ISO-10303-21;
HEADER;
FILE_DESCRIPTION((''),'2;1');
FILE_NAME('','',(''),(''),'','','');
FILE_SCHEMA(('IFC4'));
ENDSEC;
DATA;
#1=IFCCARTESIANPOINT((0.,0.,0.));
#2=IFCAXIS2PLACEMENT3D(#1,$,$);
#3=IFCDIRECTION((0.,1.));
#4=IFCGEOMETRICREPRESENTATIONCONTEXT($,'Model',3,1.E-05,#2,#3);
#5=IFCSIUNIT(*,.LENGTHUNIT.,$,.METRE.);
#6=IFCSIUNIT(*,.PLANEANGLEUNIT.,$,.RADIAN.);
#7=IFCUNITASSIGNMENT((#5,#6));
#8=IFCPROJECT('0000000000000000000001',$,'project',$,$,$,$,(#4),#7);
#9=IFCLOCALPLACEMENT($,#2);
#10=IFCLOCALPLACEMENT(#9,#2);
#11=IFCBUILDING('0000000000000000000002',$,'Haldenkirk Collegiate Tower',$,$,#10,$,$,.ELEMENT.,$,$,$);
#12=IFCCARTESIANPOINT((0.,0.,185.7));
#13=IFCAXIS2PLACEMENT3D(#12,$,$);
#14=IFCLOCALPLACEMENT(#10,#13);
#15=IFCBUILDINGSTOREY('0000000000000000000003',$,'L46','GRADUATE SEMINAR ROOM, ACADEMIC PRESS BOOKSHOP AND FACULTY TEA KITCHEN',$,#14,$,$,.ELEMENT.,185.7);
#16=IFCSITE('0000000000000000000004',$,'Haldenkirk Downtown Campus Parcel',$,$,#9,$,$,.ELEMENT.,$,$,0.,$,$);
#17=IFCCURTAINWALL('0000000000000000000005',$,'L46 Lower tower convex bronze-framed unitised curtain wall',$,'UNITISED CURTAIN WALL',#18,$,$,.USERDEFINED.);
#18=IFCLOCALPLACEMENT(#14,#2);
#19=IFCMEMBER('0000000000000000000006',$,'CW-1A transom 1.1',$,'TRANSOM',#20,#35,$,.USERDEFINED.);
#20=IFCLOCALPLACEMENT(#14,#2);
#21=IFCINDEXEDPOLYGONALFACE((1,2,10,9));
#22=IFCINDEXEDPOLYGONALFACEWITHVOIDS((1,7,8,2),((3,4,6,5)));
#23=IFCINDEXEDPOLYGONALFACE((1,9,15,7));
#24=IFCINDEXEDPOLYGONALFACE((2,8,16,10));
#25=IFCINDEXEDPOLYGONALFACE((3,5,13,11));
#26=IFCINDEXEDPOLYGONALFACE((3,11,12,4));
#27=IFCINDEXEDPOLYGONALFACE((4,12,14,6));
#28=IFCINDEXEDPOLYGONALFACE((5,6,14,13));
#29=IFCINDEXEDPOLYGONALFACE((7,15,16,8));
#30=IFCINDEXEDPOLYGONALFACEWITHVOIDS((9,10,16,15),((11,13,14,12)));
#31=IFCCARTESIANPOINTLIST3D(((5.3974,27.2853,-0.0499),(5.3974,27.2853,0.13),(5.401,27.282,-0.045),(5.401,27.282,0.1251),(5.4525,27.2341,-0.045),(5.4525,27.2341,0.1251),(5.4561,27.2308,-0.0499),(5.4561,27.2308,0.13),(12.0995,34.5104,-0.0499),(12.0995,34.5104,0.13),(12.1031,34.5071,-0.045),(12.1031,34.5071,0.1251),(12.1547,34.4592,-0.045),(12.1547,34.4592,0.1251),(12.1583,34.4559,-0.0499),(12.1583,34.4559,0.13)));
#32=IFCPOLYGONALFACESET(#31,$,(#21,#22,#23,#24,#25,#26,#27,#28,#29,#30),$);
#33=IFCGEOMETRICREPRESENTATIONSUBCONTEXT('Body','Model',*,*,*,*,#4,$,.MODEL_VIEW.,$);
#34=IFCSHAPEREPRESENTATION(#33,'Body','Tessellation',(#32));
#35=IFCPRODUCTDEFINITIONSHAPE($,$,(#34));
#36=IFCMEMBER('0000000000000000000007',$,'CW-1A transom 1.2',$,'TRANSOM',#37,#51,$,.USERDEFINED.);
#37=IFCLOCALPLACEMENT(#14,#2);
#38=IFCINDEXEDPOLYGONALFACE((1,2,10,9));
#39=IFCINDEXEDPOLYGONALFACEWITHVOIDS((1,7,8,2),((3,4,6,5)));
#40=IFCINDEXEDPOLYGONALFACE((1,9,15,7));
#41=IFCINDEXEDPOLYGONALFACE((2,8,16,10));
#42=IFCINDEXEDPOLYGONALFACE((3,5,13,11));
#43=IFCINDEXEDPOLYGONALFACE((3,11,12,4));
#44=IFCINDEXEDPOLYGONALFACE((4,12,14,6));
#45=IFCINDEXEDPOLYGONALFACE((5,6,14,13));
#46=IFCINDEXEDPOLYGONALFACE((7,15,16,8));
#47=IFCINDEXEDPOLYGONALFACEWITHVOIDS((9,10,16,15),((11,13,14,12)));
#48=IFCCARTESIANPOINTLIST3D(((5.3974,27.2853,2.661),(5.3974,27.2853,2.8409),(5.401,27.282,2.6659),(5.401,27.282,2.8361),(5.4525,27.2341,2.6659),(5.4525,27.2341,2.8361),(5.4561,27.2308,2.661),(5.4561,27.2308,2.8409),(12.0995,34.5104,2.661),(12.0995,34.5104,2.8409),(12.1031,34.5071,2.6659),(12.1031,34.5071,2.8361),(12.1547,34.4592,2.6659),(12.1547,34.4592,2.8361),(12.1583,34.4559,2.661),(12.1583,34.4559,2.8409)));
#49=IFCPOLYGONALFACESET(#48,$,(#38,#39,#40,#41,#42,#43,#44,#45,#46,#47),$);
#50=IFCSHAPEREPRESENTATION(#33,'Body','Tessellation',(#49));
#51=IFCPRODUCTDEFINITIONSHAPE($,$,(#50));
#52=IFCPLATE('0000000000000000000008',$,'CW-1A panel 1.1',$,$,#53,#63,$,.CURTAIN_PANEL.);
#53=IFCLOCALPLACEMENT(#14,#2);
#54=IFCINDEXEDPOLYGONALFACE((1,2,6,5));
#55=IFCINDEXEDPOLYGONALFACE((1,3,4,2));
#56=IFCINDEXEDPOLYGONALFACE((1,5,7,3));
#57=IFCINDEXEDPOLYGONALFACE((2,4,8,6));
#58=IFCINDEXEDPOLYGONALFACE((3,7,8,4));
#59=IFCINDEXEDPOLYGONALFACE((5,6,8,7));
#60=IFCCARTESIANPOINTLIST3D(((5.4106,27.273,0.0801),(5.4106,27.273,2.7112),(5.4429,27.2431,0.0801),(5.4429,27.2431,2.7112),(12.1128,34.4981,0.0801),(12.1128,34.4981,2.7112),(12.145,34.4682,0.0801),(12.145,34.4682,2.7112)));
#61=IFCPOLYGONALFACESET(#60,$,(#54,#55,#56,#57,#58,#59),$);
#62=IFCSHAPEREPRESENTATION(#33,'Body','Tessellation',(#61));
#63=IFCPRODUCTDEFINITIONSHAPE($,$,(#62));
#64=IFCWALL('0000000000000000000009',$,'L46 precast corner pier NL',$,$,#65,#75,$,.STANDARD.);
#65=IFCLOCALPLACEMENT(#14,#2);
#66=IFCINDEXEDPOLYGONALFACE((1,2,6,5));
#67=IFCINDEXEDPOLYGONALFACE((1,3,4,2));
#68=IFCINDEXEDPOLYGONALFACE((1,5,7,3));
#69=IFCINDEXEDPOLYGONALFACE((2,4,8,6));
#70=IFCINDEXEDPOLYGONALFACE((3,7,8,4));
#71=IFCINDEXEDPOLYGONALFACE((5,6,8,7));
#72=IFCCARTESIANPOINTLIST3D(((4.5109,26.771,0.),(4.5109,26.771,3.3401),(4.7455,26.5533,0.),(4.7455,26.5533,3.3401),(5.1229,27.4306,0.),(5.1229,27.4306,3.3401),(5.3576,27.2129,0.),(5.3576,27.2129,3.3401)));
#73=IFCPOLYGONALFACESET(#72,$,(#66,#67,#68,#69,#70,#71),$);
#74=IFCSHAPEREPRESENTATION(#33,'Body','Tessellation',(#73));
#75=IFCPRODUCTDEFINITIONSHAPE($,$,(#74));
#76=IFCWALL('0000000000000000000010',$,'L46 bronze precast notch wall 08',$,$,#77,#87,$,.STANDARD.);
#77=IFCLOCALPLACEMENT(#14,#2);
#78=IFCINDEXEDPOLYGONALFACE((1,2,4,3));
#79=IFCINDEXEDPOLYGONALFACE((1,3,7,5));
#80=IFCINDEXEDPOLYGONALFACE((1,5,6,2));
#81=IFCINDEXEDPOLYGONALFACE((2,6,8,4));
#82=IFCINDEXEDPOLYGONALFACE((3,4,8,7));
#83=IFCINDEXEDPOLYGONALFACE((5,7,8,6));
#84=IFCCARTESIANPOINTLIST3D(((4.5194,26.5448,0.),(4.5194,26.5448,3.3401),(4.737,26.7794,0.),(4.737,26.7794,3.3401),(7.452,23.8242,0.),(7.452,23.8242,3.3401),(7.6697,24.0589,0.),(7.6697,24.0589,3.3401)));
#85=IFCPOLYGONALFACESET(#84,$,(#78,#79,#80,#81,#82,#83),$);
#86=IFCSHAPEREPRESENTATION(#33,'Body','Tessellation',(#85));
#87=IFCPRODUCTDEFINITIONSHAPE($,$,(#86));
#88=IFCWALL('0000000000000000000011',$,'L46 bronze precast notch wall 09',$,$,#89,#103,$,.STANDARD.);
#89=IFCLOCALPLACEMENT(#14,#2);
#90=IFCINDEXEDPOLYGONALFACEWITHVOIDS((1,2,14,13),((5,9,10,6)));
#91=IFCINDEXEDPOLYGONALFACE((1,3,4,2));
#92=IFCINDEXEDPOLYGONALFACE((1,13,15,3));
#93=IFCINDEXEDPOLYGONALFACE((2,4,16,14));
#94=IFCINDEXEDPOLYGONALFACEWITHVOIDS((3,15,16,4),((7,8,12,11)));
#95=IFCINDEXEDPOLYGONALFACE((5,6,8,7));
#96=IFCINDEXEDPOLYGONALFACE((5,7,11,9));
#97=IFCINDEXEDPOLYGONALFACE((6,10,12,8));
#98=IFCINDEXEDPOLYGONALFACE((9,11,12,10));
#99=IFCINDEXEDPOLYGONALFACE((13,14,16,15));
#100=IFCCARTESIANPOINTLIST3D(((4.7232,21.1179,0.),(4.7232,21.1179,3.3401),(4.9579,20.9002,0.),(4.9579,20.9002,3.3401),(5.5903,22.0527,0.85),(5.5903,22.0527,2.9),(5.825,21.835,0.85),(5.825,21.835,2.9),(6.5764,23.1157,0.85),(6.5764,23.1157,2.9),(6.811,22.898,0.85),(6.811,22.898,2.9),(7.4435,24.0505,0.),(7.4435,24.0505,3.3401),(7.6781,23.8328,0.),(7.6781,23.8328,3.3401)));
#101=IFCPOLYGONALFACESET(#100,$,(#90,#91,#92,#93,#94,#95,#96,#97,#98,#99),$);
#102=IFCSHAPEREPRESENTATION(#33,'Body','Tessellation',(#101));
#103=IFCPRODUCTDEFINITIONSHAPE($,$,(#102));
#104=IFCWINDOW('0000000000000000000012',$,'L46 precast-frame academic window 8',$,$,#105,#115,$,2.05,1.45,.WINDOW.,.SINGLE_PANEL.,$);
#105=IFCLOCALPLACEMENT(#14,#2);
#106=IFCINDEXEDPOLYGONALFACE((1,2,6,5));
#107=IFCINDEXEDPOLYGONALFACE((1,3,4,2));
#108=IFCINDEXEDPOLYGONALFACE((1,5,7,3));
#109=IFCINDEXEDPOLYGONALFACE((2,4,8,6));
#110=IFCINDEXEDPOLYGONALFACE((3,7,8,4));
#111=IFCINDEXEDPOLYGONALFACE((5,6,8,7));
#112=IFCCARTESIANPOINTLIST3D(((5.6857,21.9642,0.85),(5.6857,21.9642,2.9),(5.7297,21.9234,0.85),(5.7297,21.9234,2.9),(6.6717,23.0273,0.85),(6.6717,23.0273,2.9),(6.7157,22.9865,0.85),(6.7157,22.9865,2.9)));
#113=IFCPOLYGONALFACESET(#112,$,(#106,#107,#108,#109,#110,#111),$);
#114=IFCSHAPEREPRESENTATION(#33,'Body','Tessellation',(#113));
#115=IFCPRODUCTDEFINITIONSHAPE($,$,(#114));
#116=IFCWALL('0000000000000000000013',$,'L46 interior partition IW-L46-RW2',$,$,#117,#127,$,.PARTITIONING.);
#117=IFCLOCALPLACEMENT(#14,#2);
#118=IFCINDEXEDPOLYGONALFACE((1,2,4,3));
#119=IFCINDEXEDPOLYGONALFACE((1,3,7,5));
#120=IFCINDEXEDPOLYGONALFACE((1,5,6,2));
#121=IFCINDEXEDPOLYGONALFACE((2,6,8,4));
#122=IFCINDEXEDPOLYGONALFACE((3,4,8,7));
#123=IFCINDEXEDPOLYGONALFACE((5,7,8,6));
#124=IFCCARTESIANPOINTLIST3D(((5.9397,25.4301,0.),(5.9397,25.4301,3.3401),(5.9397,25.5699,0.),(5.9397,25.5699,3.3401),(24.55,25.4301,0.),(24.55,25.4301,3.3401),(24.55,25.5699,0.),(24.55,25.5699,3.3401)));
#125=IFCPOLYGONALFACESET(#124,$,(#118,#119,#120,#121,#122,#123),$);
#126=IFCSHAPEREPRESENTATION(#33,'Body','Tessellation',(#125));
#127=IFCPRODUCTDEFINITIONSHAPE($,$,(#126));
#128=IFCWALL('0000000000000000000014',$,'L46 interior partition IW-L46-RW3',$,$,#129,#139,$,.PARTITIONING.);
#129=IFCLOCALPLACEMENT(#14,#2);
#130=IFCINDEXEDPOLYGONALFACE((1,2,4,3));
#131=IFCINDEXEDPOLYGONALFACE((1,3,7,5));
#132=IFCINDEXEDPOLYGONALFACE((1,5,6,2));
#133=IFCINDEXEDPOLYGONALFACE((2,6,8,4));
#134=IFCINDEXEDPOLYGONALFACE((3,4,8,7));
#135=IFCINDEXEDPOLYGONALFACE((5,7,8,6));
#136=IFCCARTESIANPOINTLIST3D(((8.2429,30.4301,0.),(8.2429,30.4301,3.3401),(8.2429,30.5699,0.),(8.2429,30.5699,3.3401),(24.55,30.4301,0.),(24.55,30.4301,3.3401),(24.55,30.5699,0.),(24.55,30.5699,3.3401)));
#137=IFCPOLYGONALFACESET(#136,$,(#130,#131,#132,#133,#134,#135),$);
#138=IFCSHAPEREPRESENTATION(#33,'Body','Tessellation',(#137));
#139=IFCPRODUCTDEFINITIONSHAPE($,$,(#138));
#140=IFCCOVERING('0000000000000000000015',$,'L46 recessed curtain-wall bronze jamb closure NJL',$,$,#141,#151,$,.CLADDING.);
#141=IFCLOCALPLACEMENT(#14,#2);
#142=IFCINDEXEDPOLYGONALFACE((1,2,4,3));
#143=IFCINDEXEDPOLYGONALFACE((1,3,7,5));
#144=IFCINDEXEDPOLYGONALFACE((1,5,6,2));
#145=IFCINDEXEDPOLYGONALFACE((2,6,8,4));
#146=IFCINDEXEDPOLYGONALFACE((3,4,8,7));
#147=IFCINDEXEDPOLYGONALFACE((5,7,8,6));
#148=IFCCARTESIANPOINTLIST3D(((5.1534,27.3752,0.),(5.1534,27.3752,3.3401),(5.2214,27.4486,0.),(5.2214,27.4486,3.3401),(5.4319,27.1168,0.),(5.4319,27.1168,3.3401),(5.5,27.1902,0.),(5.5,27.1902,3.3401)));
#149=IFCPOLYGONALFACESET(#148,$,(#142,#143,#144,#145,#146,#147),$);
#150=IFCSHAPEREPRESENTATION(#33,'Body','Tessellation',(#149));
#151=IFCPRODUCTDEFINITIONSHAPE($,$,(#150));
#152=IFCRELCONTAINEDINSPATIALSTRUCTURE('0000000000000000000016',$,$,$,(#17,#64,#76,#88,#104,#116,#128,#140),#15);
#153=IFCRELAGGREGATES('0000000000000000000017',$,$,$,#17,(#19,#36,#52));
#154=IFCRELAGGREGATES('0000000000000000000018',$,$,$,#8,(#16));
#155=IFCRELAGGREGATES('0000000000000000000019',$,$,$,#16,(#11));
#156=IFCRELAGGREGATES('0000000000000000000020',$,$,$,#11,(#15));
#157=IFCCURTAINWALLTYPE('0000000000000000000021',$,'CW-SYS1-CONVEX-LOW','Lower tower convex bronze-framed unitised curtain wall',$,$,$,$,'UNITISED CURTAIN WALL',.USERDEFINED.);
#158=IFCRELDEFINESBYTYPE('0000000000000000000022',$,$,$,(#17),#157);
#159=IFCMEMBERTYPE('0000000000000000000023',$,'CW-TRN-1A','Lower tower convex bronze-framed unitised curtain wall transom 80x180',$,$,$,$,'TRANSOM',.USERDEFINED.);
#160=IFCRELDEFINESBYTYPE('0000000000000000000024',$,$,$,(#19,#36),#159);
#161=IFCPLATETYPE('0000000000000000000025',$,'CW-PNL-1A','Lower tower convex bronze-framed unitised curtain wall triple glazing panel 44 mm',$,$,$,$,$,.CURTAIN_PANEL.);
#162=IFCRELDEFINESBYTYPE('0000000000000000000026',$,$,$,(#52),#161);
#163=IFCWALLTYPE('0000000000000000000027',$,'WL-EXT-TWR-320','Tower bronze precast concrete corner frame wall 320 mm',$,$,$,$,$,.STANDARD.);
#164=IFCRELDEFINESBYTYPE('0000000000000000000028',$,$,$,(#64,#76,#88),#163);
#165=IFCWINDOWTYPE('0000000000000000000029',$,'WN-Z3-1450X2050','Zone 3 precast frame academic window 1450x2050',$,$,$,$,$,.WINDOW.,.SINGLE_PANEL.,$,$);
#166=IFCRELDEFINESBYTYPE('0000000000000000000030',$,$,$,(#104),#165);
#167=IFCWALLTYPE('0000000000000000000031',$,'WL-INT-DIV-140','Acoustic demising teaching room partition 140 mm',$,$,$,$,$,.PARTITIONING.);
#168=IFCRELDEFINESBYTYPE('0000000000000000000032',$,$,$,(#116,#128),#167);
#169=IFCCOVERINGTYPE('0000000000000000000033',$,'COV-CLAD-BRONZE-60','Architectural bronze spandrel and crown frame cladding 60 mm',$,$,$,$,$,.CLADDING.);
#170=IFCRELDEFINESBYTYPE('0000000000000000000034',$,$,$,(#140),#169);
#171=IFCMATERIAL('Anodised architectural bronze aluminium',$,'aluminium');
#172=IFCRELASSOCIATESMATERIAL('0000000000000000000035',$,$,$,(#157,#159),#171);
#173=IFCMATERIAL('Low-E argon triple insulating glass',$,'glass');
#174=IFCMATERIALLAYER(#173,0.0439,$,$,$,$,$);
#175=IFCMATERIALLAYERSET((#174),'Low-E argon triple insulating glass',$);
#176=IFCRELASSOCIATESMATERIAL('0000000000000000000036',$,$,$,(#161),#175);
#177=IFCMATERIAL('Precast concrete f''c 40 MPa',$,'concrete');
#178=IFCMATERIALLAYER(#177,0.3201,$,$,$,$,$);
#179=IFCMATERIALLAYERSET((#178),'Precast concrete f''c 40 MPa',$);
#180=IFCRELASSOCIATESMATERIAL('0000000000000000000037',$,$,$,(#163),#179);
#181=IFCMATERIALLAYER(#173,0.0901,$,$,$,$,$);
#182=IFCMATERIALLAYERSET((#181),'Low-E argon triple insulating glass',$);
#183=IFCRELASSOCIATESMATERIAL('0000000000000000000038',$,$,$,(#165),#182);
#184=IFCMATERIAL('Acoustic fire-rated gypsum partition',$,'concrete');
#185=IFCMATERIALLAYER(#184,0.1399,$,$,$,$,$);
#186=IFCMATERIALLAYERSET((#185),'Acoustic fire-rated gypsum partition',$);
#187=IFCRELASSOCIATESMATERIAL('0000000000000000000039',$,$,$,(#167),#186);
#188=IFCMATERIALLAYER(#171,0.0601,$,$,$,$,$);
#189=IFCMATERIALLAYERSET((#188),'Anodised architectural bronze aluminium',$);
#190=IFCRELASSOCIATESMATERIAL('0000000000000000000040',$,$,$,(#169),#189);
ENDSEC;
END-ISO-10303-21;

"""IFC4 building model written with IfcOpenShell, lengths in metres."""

from ifc_helpers import new_model, si_unit, direction, frame, frame_2d, origin, origin_2d, place, context, subcontext, project, spatial, rectangle, hollow_rectangle, extrude, source, transform, mapped, material, layer, layer_set, material_profile, profile_set, type_object, element, fill, aggregate, save


model = new_model("IFC4")

# Units and contexts
model_context = context("Model", 3, precision=1e-05, world=origin(), true_north=direction((0.0, 1.0)))
body_context = subcontext(model_context, "Body", "Model", "MODEL_VIEW")
ifc_project = project(units=[si_unit("LENGTHUNIT", "METRE"), si_unit("PLANEANGLEUNIT", "RADIAN")], contexts=[model_context])

# Site, building, storey
site_placement = place(None, origin())
site = spatial("IfcSite", under=ifc_project, at=site_placement, Name="Haldenkirk Downtown Campus Parcel", CompositionType="ELEMENT", RefElevation=0.0)
building_placement = place(site_placement, origin())
building = spatial("IfcBuilding", under=site, at=building_placement, Name="Haldenkirk Collegiate Tower", CompositionType="ELEMENT")
storey_placement = place(building_placement, frame((0.0, 0.0, 185.7)))
storey = spatial("IfcBuildingStorey", under=building, at=storey_placement, Name="L46", Description="GRADUATE SEMINAR ROOM, ACADEMIC PRESS BOOKSHOP AND FACULTY TEA KITCHEN", CompositionType="ELEMENT", Elevation=185.7)

# Curtain wall, members, plate
ifc_material_1 = material(Name="Anodised architectural bronze aluminium", Category="aluminium")
curtain_wall_type = type_object("IfcCurtainWallType", Name="CW-SYS1-CONVEX-LOW", Description="Lower tower convex bronze-framed unitised curtain wall", ElementType="UNITISED CURTAIN WALL", PredefinedType="USERDEFINED", material=ifc_material_1)
curtain_wall_placement = place(storey_placement, origin())
curtain_wall = element("IfcCurtainWall", 1, at=curtain_wall_placement, inside=storey, type_object=curtain_wall_type, Name="L46 Lower tower convex bronze-framed unitised curtain wall", ObjectType="UNITISED CURTAIN WALL", PredefinedType="USERDEFINED")
ifc_material_profile_1 = material_profile(ifc_material_1, hollow_rectangle(XDim=0.0801, YDim=0.1799, WallThickness=0.0049, at=origin_2d()), Name="CW-TRN-1A")
ifc_profile_set_1 = profile_set([ifc_material_profile_1], Name="Anodised architectural bronze aluminium")
member_type_1 = type_object("IfcMemberType", Name="CW-TRN-1A", Description="Lower tower convex bronze-framed unitised curtain wall transom 80x180", ElementType="TRANSOM", PredefinedType="USERDEFINED", material=ifc_profile_set_1)
member_1_placement = place(storey_placement, frame((5.4268, 27.2581, 0.04), z_axis=(0.680077, 0.733141, 0.0), x_axis=(-0.733141, 0.680077, 0.0)))
member_1 = element("IfcMember", 2, at=member_1_placement, type_object=member_type_1, Name="CW-1A transom 1.1", ObjectType="TRANSOM", PredefinedType="USERDEFINED", context=body_context, shape_type="SweptSolid", body=[
    extrude(hollow_rectangle(XDim=0.0801, YDim=0.1799, WallThickness=0.0049, at=origin_2d()), origin(), (0.0, 0.0, 1.0), 9.855),
])
member_2_placement = place(storey_placement, frame((5.4268, 27.2581, 2.751), z_axis=(0.680077, 0.733141, 0.0), x_axis=(-0.733141, 0.680077, 0.0)))
member_2 = element("IfcMember", 3, at=member_2_placement, type_object=member_type_1, Name="CW-1A transom 1.2", ObjectType="TRANSOM", PredefinedType="USERDEFINED", context=body_context, shape_type="SweptSolid", body=[
    extrude(hollow_rectangle(XDim=0.0801, YDim=0.1799, WallThickness=0.0049, at=origin_2d()), origin(), (0.0, 0.0, 1.0), 9.855),
])
ifc_material_2 = material(Name="Low-E argon triple insulating glass", Category="glass")
ifc_layer_1 = layer(ifc_material_2, 0.0439)
ifc_layer_set_1 = layer_set([ifc_layer_1], Name="Low-E argon triple insulating glass")
plate_type = type_object("IfcPlateType", Name="CW-PNL-1A", Description="Lower tower convex bronze-framed unitised curtain wall triple glazing panel 44 mm", PredefinedType="CURTAIN_PANEL", material=ifc_layer_set_1)
shared_shape_1 = source(origin(), body_context, "Body", "SweptSolid", [
    extrude(rectangle(XDim=9.855, YDim=0.0439, at=origin_2d()), origin(), (0.0, 0.0, 1.0), 2.6311),
])
plate_placement = place(storey_placement, frame((8.7778, 30.8706, 0.0801), z_axis=(0.0, 0.0, 1.0), x_axis=(0.68008, 0.733138, 0.0)))
plate = element("IfcPlate", 4, at=plate_placement, type_object=plate_type, Name="CW-1A panel 1.1", PredefinedType="CURTAIN_PANEL", context=body_context, shape_type="MappedRepresentation", body=[
    mapped(shared_shape_1, transform((0.0, 0.0, 0.0), x_axis=(1.0, 0.0, 0.0), y_axis=(0.0, 1.0, 0.0), z_axis=(0.0, 0.0, 1.0), scale=1.0)),
])
aggregate(curtain_wall, [member_1, member_2, plate])

# Walls
ifc_material_3 = material(Name="Precast concrete f'c 40 MPa", Category="concrete")
ifc_layer_2 = layer(ifc_material_3, 0.3201)
ifc_layer_set_2 = layer_set([ifc_layer_2], Name="Precast concrete f'c 40 MPa")
wall_type_1 = type_object("IfcWallType", Name="WL-EXT-TWR-320", Description="Tower bronze precast concrete corner frame wall 320 mm", PredefinedType="STANDARD", material=ifc_layer_set_2)
wall_1_placement = place(storey_placement, frame((4.6282, 26.6621, 0.0), z_axis=(0.0, 0.0, 1.0), x_axis=(0.68016, 0.733064, 0.0)))
element("IfcWall", 5, at=wall_1_placement, inside=storey, type_object=wall_type_1, Name="L46 precast corner pier NL", PredefinedType="STANDARD", context=body_context, shape_type="SweptSolid", body=[
    extrude(rectangle(XDim=0.8999, YDim=0.3201, at=frame_2d((0.45, 0.0))), origin(), (0.0, 0.0, 1.0), 3.3401),
])
wall_2_placement = place(storey_placement, frame((7.5608, 23.9417, 0.0), z_axis=(0.0, 0.0, 1.0), x_axis=(-0.733128, 0.680091, 0.0)))
element("IfcWall", 6, at=wall_2_placement, inside=storey, type_object=wall_type_1, Name="L46 bronze precast notch wall 08", PredefinedType="STANDARD", context=body_context, shape_type="SweptSolid", body=[
    extrude(rectangle(XDim=4.0002, YDim=0.3201, at=frame_2d((2.0, 0.0))), origin(), (0.0, 0.0, 1.0), 3.3401),
])

# Wall, opening, window
wall_3_placement = place(storey_placement, frame((4.8406, 21.009, 0.0), z_axis=(0.0, 0.0, 1.0), x_axis=(0.680058, 0.733159, 0.0)))
wall_3 = element("IfcWall", 7, at=wall_3_placement, inside=storey, type_object=wall_type_1, Name="L46 bronze precast notch wall 09", PredefinedType="STANDARD", context=body_context, shape_type="SweptSolid", body=[
    extrude(rectangle(XDim=4.0, YDim=0.3201, at=frame_2d((2.0, 0.0))), origin(), (0.0, 0.0, 1.0), 3.3401),
])
opening_placement = place(wall_3_placement, frame((1.2749, 0.0, 0.8501)))
opening = element("IfcOpeningElement", 8, at=opening_placement, cuts=wall_3, PredefinedType="OPENING", context=body_context, shape_type="SweptSolid", body=[
    extrude(rectangle(XDim=1.45, YDim=2.05, at=frame_2d((0.7251, 1.0249))), frame((0.0, 0.1699, 0.0), z_axis=(0.0, -1.0, 0.0), x_axis=(1.0, 0.0, 0.0)), (0.0, 0.0, 1.0), 0.3401),
])
ifc_layer_3 = layer(ifc_material_2, 0.0901)
ifc_layer_set_3 = layer_set([ifc_layer_3], Name="Low-E argon triple insulating glass")
window_type = type_object("IfcWindowType", Name="WN-Z3-1450X2050", Description="Zone 3 precast frame academic window 1450x2050", PartitioningType="SINGLE_PANEL", PredefinedType="WINDOW", material=ifc_layer_set_3)
window_placement = place(opening_placement, origin())
window = element("IfcWindow", 9, at=window_placement, inside=storey, type_object=window_type, Name="L46 precast-frame academic window 8", OverallHeight=2.05, OverallWidth=1.45, PartitioningType="SINGLE_PANEL", PredefinedType="WINDOW", context=body_context, shape_type="SweptSolid", body=[
    extrude(rectangle(XDim=1.45, YDim=2.05, at=frame_2d((0.7251, 1.0249))), frame((0.0, 0.03, 0.0), z_axis=(0.0, -1.0, 0.0), x_axis=(1.0, 0.0, 0.0)), (0.0, 0.0, 1.0), 0.0601),
])
fill(opening, window)

# Walls
ifc_material_4 = material(Name="Acoustic fire-rated gypsum partition", Category="concrete")
ifc_layer_4 = layer(ifc_material_4, 0.1399)
ifc_layer_set_4 = layer_set([ifc_layer_4], Name="Acoustic fire-rated gypsum partition")
wall_type_2 = type_object("IfcWallType", Name="WL-INT-DIV-140", Description="Acoustic demising teaching room partition 140 mm", PredefinedType="PARTITIONING", material=ifc_layer_set_4)
wall_4_placement = place(storey_placement, frame((5.9397, 25.5, 0.0), z_axis=(0.0, 0.0, 1.0), x_axis=(1.0, 0.0, 0.0)))
element("IfcWall", 10, at=wall_4_placement, inside=storey, type_object=wall_type_2, Name="L46 interior partition IW-L46-RW2", PredefinedType="PARTITIONING", context=body_context, shape_type="SweptSolid", body=[
    extrude(rectangle(XDim=18.6104, YDim=0.1399, at=frame_2d((9.3052, 0.0))), origin(), (0.0, 0.0, 1.0), 3.3401),
])
wall_5_placement = place(storey_placement, frame((8.2429, 30.5, 0.0), z_axis=(0.0, 0.0, 1.0), x_axis=(1.0, 0.0, 0.0)))
element("IfcWall", 11, at=wall_5_placement, inside=storey, type_object=wall_type_2, Name="L46 interior partition IW-L46-RW3", PredefinedType="PARTITIONING", context=body_context, shape_type="SweptSolid", body=[
    extrude(rectangle(XDim=16.3071, YDim=0.1399, at=frame_2d((8.1536, 0.0))), origin(), (0.0, 0.0, 1.0), 3.3401),
])

# Covering
ifc_layer_5 = layer(ifc_material_1, 0.0601)
ifc_layer_set_5 = layer_set([ifc_layer_5], Name="Anodised architectural bronze aluminium")
covering_type = type_object("IfcCoveringType", Name="COV-CLAD-BRONZE-60", Description="Architectural bronze spandrel and crown frame cladding 60 mm", PredefinedType="CLADDING", material=ifc_layer_set_5)
shared_shape_2 = source(origin(), body_context, "Body", "SweptSolid", [
    extrude(rectangle(XDim=0.1001, YDim=0.3799, at=origin_2d()), origin(), (0.0, 0.0, 1.0), 3.3401),
])
covering_placement = place(storey_placement, frame((5.3267, 27.2827, 0.0), z_axis=(0.0, 0.0, 1.0), x_axis=(0.680081, 0.733137, 0.0)))
element("IfcCovering", 12, at=covering_placement, inside=storey, type_object=covering_type, Name="L46 recessed curtain-wall bronze jamb closure NJL", PredefinedType="CLADDING", context=body_context, shape_type="MappedRepresentation", body=[
    mapped(shared_shape_2, transform((0.0, 0.0, 0.0), x_axis=(1.0, 0.0, 0.0), y_axis=(0.0, 1.0, 0.0), z_axis=(0.0, 0.0, 1.0), scale=1.0)),
])

save(model, "model.ifc")
